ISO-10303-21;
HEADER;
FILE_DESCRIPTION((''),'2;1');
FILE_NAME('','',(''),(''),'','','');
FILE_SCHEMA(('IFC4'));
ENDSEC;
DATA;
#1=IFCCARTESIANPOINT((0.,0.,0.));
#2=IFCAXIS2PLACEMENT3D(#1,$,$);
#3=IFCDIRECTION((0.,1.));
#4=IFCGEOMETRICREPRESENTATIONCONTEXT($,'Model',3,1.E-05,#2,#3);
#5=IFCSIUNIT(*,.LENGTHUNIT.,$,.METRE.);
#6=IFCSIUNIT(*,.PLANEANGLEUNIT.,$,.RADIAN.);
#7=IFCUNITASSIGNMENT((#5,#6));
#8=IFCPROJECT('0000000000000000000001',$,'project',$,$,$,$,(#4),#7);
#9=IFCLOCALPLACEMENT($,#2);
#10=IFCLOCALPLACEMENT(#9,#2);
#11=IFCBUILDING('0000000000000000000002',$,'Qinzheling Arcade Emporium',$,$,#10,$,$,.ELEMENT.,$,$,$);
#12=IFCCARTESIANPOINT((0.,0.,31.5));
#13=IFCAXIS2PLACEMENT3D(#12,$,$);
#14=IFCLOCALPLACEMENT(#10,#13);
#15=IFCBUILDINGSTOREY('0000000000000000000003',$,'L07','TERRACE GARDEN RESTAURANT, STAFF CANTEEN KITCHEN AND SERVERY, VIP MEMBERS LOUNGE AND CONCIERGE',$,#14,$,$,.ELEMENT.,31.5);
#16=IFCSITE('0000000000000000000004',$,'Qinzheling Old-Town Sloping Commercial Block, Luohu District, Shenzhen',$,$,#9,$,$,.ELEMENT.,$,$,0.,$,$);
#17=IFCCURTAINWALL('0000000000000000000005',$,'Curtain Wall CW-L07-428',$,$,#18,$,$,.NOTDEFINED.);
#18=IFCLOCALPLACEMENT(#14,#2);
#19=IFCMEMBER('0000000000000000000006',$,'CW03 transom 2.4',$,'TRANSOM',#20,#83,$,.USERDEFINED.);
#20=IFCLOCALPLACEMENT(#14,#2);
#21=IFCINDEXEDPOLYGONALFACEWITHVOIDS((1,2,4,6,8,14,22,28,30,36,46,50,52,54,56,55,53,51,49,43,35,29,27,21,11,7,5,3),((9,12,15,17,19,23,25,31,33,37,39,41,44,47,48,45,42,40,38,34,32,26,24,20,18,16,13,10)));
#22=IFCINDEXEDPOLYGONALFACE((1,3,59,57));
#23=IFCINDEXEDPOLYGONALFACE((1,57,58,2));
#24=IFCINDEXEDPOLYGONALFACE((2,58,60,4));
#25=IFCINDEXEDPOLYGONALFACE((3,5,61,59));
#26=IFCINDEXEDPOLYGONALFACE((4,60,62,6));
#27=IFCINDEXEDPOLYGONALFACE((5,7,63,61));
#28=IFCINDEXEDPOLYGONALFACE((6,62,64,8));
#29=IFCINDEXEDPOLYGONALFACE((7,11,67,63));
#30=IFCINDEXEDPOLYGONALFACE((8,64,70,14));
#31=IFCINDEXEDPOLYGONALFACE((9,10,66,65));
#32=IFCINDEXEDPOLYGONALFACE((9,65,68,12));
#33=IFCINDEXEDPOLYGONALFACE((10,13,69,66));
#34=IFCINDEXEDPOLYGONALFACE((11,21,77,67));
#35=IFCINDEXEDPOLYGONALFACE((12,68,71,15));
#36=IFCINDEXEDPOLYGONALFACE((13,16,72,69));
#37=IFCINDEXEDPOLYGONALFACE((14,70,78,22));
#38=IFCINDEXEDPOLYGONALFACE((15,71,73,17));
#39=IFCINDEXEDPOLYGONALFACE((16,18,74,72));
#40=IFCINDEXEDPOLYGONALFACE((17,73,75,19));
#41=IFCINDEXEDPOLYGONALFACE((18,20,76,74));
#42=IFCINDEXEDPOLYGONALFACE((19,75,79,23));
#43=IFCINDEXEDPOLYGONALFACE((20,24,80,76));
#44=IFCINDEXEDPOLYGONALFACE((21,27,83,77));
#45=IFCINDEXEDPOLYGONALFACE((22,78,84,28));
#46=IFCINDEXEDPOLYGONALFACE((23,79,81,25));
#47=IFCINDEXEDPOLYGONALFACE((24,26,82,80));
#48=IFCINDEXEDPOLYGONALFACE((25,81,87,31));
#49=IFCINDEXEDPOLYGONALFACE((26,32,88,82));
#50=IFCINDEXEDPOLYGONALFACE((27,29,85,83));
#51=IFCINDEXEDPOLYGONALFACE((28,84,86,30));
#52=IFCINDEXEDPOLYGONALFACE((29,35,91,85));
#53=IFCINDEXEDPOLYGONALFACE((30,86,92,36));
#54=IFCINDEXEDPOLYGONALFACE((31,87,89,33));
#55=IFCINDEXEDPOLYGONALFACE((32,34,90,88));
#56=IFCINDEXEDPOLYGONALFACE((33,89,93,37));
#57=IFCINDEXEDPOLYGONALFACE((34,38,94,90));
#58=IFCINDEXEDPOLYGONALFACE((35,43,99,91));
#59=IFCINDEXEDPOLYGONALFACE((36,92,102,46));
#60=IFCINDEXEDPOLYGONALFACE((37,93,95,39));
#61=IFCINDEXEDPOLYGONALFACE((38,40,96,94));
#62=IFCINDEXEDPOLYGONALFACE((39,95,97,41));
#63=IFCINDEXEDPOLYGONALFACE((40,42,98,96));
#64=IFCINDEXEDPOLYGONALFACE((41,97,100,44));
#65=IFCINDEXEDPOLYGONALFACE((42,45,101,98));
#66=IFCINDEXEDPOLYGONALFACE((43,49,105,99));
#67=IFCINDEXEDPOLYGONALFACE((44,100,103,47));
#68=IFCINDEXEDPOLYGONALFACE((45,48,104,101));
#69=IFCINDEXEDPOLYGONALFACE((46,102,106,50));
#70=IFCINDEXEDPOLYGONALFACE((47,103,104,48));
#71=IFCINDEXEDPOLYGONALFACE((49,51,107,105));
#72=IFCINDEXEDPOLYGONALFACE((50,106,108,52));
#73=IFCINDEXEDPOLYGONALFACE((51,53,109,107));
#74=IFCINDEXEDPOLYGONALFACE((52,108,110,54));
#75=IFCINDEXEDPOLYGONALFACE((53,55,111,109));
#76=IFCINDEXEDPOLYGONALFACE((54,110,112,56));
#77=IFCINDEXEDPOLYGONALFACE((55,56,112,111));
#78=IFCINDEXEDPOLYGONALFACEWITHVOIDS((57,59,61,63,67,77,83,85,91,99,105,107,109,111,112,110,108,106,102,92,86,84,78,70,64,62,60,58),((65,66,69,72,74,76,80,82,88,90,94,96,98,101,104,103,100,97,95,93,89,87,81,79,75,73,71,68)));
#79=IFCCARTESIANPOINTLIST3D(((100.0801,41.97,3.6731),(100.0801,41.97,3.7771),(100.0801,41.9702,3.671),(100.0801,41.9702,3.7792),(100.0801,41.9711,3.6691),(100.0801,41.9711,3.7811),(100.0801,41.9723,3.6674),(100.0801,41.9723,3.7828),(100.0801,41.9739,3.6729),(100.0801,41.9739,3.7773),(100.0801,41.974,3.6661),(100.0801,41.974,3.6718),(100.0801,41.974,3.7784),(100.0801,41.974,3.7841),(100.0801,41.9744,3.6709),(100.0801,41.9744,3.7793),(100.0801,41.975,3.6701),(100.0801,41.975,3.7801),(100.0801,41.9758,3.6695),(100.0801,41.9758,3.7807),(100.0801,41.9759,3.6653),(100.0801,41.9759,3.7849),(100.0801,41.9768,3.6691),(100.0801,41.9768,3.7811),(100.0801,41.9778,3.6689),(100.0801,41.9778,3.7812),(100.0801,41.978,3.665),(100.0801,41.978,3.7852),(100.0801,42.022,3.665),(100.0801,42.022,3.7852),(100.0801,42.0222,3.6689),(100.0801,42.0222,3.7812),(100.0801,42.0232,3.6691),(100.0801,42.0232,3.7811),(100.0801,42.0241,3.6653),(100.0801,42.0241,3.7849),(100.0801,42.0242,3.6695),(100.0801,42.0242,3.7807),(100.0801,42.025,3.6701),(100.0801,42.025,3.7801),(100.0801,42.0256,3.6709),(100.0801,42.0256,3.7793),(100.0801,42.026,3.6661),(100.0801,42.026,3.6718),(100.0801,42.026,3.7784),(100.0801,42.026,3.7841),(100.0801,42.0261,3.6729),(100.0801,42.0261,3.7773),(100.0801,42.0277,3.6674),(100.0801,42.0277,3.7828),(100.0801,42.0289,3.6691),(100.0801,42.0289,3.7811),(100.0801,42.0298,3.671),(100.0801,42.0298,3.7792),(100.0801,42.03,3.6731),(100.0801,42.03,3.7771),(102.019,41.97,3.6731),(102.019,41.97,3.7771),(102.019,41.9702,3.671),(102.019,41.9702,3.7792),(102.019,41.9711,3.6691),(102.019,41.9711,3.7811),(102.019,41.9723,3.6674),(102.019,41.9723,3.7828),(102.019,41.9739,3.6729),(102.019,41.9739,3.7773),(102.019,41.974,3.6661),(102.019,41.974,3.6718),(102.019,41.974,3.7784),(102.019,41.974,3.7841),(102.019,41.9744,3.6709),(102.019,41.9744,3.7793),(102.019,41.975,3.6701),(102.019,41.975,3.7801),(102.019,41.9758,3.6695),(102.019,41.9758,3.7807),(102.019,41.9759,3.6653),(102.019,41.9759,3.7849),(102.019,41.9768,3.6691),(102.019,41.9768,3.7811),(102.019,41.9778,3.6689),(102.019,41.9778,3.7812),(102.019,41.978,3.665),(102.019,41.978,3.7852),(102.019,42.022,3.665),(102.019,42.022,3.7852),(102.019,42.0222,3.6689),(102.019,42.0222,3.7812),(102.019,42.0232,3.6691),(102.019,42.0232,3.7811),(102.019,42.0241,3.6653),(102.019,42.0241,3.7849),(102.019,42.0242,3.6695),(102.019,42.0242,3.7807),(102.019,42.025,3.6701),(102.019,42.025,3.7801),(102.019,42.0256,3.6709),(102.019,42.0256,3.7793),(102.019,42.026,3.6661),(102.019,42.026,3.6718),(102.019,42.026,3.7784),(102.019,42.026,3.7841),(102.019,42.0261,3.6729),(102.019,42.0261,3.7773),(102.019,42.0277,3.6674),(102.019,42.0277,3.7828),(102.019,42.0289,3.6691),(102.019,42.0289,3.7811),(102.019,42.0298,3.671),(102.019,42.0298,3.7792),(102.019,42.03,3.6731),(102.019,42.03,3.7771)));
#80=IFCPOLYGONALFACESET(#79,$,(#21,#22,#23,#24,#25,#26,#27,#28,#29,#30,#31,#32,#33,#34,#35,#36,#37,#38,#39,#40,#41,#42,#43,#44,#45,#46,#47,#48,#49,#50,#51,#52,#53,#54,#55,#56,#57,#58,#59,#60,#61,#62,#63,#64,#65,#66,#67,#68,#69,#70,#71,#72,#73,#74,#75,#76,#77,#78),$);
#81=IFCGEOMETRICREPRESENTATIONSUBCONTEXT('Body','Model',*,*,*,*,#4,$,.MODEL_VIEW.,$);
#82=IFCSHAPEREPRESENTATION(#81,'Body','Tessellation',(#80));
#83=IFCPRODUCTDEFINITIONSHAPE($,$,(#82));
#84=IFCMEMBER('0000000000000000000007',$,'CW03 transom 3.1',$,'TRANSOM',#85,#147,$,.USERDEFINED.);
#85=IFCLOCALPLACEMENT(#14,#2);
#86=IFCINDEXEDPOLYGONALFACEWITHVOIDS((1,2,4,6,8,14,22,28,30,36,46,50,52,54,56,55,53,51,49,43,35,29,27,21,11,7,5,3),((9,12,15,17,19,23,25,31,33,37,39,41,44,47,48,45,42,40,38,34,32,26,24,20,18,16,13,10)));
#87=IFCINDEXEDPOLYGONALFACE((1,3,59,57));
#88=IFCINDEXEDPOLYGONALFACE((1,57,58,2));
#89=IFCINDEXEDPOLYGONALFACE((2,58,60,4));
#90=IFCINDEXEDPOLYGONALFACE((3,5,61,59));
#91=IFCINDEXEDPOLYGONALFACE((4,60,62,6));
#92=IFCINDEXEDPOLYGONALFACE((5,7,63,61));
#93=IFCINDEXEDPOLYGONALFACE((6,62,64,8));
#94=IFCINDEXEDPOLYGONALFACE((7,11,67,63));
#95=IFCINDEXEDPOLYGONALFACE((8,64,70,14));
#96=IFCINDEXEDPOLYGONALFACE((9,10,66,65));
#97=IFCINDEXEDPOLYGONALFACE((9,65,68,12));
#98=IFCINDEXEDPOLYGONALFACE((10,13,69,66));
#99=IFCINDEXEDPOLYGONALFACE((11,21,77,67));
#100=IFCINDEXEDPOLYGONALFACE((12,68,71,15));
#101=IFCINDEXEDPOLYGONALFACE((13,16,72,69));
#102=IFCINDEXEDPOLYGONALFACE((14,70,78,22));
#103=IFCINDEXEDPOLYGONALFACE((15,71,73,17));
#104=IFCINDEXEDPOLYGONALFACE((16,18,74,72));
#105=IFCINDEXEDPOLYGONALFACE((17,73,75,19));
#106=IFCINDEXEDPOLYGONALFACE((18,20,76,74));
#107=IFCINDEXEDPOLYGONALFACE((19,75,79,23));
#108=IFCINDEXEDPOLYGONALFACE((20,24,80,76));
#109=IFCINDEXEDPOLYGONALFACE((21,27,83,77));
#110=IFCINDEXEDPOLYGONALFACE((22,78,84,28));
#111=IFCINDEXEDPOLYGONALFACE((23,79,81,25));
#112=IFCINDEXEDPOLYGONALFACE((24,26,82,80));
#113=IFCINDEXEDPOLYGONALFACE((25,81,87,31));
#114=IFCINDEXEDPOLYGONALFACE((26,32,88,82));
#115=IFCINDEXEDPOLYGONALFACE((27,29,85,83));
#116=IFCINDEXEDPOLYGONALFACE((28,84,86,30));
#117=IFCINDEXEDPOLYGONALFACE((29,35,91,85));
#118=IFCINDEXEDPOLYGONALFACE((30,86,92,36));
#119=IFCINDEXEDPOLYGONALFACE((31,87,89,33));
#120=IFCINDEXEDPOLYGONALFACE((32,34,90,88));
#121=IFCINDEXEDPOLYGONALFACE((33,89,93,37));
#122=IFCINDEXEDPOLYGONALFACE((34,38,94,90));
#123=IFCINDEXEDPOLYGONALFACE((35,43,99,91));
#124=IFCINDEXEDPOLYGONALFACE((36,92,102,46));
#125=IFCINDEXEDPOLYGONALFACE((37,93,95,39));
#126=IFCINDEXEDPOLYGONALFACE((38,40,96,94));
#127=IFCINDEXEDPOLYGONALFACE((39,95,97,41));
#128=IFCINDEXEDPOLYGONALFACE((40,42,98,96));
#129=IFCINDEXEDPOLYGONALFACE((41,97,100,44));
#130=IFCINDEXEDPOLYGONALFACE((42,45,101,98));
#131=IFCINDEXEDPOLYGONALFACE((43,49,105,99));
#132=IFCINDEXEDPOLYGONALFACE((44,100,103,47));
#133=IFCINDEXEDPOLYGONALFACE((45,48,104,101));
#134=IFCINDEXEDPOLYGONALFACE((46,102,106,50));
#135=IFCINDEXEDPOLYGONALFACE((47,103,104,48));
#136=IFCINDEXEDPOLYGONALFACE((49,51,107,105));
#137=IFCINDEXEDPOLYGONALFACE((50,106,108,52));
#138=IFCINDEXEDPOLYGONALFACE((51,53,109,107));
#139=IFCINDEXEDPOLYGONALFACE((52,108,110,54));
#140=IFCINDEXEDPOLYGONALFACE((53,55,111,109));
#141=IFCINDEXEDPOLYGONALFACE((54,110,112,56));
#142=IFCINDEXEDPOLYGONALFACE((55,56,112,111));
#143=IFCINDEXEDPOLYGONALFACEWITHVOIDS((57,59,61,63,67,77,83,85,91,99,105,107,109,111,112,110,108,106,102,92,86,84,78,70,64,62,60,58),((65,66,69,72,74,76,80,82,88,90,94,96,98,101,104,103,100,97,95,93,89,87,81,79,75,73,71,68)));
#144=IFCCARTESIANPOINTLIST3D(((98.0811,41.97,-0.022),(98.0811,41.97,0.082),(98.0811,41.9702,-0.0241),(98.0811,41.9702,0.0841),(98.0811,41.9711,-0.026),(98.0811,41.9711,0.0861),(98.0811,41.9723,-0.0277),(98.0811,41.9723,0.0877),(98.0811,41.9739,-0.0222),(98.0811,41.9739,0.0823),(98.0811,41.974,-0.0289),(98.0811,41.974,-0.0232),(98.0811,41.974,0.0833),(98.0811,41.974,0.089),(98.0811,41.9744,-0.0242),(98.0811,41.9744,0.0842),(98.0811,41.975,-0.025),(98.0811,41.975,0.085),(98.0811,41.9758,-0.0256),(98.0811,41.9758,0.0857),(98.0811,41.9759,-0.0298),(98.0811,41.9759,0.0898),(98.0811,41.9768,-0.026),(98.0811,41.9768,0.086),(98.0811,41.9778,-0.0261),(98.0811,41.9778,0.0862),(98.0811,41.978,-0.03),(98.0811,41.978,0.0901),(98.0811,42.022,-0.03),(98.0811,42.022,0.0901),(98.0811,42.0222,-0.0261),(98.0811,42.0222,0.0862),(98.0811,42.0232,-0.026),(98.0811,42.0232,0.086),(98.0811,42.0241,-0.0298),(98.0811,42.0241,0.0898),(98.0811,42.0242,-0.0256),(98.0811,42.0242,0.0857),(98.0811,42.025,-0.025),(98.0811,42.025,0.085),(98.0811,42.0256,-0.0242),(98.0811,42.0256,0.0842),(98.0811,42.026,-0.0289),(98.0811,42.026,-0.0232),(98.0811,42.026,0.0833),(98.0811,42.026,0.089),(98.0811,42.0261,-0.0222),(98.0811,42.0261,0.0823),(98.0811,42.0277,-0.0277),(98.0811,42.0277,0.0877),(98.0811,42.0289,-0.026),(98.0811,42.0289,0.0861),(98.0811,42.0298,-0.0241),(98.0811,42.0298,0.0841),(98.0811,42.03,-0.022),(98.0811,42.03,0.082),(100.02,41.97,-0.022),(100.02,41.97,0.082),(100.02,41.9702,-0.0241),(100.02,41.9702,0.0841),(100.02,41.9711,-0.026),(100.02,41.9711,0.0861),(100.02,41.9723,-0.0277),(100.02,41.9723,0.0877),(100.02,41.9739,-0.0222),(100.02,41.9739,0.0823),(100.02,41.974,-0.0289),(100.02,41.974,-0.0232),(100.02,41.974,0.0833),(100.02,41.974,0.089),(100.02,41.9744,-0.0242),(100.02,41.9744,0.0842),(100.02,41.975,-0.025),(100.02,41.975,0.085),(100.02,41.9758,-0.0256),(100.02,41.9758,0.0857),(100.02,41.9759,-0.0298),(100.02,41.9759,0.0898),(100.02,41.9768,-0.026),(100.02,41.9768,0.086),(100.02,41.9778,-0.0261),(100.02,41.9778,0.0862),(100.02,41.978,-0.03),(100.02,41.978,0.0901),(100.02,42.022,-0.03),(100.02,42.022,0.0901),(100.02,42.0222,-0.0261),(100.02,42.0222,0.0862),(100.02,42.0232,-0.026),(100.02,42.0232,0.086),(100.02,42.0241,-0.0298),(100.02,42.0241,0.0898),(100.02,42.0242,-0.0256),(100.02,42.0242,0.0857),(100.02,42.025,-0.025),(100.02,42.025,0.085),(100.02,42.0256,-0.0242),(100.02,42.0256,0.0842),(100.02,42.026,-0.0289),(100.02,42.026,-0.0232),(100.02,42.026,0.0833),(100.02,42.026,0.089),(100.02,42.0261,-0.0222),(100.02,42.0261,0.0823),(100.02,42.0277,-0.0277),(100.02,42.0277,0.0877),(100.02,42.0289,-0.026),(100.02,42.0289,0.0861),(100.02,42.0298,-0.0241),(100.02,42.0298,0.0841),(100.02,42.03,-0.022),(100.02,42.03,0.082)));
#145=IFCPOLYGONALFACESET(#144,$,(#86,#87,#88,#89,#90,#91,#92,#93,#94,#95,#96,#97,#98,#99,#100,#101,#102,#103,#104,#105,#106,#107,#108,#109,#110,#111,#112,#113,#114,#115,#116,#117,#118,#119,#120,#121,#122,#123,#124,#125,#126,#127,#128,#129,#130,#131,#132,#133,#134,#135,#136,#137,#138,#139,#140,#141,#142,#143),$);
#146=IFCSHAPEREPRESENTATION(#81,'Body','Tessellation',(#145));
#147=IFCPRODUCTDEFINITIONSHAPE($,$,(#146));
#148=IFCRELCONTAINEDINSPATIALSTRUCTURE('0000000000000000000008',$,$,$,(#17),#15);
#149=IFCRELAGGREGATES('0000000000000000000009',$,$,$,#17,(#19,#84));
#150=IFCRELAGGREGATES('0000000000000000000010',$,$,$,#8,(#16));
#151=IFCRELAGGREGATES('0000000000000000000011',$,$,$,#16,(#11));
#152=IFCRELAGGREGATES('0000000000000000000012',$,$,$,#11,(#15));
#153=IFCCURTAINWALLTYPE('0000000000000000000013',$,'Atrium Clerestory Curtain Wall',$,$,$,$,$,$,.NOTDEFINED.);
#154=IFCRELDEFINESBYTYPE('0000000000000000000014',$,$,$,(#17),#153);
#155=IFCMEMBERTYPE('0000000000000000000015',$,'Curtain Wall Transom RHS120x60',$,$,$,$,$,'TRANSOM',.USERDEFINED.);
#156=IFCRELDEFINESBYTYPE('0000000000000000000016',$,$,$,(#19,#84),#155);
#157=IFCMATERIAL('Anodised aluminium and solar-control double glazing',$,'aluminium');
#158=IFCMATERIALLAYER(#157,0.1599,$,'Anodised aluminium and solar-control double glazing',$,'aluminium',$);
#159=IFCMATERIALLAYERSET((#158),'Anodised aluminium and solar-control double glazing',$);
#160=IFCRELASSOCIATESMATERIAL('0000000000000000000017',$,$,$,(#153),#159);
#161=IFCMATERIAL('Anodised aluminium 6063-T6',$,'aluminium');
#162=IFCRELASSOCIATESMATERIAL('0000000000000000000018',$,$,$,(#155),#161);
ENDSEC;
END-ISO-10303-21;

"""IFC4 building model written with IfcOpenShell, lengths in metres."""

from ifc_helpers import new_model, si_unit, direction, frame, origin, origin_2d, place, context, subcontext, project, spatial, hollow_rectangle, extrude, material, layer, layer_set, material_profile, profile_set, type_object, element, aggregate, save


model = new_model("IFC4")

# Units and contexts
model_context = context("Model", 3, precision=1e-05, world=origin(), true_north=direction((0.0, 1.0)))
body_context = subcontext(model_context, "Body", "Model", "MODEL_VIEW")
ifc_project = project(units=[si_unit("LENGTHUNIT", "METRE"), si_unit("PLANEANGLEUNIT", "RADIAN")], contexts=[model_context])

# Site, building, storey
site_placement = place(None, origin())
site = spatial("IfcSite", under=ifc_project, at=site_placement, Name="Qinzheling Old-Town Sloping Commercial Block, Luohu District, Shenzhen", CompositionType="ELEMENT", RefElevation=0.0)
building_placement = place(site_placement, origin())
building = spatial("IfcBuilding", under=site, at=building_placement, Name="Qinzheling Arcade Emporium", CompositionType="ELEMENT")
storey_placement = place(building_placement, frame((0.0, 0.0, 31.5)))
storey = spatial("IfcBuildingStorey", under=building, at=storey_placement, Name="L07", Description="TERRACE GARDEN RESTAURANT, STAFF CANTEEN KITCHEN AND SERVERY, VIP MEMBERS LOUNGE AND CONCIERGE", CompositionType="ELEMENT", Elevation=31.5)

# Curtain wall, members
ifc_material_1 = material(Name="Anodised aluminium and solar-control double glazing", Category="aluminium")
ifc_layer_1 = layer(ifc_material_1, 0.1599, Name="Anodised aluminium and solar-control double glazing", Category="aluminium")
ifc_layer_set_1 = layer_set([ifc_layer_1], Name="Anodised aluminium and solar-control double glazing")
curtain_wall_type = type_object("IfcCurtainWallType", Name="Atrium Clerestory Curtain Wall", PredefinedType="NOTDEFINED", material=ifc_layer_set_1)
curtain_wall_placement = place(storey_placement, origin())
curtain_wall = element("IfcCurtainWall", 1, at=curtain_wall_placement, inside=storey, type_object=curtain_wall_type, Name="Curtain Wall CW-L07-428", PredefinedType="NOTDEFINED")
ifc_material_2 = material(Name="Anodised aluminium 6063-T6", Category="aluminium")
ifc_material_profile_1 = material_profile(ifc_material_2, hollow_rectangle(XDim=0.0601, YDim=0.1201, WallThickness=0.0039, InnerFilletRadius=0.0039, OuterFilletRadius=0.0081, at=origin_2d()), Name="RHS 120x60x4", Category="aluminium")
ifc_profile_set_1 = profile_set([ifc_material_profile_1], Name="Anodised aluminium 6063-T6")
member_type_1 = type_object("IfcMemberType", Name="Curtain Wall Transom RHS120x60", ElementType="TRANSOM", PredefinedType="USERDEFINED", material=ifc_profile_set_1)
member_1_placement = place(storey_placement, frame((102.019, 42.0, 3.7251), z_axis=(-1.0, 0.0, 0.0), x_axis=(0.0, -1.0, 0.0)))
member_1 = element("IfcMember", 2, at=member_1_placement, type_object=member_type_1, Name="CW03 transom 2.4", ObjectType="TRANSOM", PredefinedType="USERDEFINED", context=body_context, shape_type="SweptSolid", body=[
    extrude(hollow_rectangle(XDim=0.0601, YDim=0.1201, WallThickness=0.0039, InnerFilletRadius=0.0039, OuterFilletRadius=0.0081, at=origin_2d()), origin(), (0.0, 0.0, 1.0), 1.939),
])
member_2_placement = place(storey_placement, frame((100.02, 42.0, 0.03), z_axis=(-1.0, 0.0, 0.0), x_axis=(0.0, -1.0, 0.0)))
member_2 = element("IfcMember", 3, at=member_2_placement, type_object=member_type_1, Name="CW03 transom 3.1", ObjectType="TRANSOM", PredefinedType="USERDEFINED", context=body_context, shape_type="SweptSolid", body=[
    extrude(hollow_rectangle(XDim=0.0601, YDim=0.1201, WallThickness=0.0039, InnerFilletRadius=0.0039, OuterFilletRadius=0.0081, at=origin_2d()), origin(), (0.0, 0.0, 1.0), 1.939),
])
aggregate(curtain_wall, [member_1, member_2])

save(model, "model.ifc")
